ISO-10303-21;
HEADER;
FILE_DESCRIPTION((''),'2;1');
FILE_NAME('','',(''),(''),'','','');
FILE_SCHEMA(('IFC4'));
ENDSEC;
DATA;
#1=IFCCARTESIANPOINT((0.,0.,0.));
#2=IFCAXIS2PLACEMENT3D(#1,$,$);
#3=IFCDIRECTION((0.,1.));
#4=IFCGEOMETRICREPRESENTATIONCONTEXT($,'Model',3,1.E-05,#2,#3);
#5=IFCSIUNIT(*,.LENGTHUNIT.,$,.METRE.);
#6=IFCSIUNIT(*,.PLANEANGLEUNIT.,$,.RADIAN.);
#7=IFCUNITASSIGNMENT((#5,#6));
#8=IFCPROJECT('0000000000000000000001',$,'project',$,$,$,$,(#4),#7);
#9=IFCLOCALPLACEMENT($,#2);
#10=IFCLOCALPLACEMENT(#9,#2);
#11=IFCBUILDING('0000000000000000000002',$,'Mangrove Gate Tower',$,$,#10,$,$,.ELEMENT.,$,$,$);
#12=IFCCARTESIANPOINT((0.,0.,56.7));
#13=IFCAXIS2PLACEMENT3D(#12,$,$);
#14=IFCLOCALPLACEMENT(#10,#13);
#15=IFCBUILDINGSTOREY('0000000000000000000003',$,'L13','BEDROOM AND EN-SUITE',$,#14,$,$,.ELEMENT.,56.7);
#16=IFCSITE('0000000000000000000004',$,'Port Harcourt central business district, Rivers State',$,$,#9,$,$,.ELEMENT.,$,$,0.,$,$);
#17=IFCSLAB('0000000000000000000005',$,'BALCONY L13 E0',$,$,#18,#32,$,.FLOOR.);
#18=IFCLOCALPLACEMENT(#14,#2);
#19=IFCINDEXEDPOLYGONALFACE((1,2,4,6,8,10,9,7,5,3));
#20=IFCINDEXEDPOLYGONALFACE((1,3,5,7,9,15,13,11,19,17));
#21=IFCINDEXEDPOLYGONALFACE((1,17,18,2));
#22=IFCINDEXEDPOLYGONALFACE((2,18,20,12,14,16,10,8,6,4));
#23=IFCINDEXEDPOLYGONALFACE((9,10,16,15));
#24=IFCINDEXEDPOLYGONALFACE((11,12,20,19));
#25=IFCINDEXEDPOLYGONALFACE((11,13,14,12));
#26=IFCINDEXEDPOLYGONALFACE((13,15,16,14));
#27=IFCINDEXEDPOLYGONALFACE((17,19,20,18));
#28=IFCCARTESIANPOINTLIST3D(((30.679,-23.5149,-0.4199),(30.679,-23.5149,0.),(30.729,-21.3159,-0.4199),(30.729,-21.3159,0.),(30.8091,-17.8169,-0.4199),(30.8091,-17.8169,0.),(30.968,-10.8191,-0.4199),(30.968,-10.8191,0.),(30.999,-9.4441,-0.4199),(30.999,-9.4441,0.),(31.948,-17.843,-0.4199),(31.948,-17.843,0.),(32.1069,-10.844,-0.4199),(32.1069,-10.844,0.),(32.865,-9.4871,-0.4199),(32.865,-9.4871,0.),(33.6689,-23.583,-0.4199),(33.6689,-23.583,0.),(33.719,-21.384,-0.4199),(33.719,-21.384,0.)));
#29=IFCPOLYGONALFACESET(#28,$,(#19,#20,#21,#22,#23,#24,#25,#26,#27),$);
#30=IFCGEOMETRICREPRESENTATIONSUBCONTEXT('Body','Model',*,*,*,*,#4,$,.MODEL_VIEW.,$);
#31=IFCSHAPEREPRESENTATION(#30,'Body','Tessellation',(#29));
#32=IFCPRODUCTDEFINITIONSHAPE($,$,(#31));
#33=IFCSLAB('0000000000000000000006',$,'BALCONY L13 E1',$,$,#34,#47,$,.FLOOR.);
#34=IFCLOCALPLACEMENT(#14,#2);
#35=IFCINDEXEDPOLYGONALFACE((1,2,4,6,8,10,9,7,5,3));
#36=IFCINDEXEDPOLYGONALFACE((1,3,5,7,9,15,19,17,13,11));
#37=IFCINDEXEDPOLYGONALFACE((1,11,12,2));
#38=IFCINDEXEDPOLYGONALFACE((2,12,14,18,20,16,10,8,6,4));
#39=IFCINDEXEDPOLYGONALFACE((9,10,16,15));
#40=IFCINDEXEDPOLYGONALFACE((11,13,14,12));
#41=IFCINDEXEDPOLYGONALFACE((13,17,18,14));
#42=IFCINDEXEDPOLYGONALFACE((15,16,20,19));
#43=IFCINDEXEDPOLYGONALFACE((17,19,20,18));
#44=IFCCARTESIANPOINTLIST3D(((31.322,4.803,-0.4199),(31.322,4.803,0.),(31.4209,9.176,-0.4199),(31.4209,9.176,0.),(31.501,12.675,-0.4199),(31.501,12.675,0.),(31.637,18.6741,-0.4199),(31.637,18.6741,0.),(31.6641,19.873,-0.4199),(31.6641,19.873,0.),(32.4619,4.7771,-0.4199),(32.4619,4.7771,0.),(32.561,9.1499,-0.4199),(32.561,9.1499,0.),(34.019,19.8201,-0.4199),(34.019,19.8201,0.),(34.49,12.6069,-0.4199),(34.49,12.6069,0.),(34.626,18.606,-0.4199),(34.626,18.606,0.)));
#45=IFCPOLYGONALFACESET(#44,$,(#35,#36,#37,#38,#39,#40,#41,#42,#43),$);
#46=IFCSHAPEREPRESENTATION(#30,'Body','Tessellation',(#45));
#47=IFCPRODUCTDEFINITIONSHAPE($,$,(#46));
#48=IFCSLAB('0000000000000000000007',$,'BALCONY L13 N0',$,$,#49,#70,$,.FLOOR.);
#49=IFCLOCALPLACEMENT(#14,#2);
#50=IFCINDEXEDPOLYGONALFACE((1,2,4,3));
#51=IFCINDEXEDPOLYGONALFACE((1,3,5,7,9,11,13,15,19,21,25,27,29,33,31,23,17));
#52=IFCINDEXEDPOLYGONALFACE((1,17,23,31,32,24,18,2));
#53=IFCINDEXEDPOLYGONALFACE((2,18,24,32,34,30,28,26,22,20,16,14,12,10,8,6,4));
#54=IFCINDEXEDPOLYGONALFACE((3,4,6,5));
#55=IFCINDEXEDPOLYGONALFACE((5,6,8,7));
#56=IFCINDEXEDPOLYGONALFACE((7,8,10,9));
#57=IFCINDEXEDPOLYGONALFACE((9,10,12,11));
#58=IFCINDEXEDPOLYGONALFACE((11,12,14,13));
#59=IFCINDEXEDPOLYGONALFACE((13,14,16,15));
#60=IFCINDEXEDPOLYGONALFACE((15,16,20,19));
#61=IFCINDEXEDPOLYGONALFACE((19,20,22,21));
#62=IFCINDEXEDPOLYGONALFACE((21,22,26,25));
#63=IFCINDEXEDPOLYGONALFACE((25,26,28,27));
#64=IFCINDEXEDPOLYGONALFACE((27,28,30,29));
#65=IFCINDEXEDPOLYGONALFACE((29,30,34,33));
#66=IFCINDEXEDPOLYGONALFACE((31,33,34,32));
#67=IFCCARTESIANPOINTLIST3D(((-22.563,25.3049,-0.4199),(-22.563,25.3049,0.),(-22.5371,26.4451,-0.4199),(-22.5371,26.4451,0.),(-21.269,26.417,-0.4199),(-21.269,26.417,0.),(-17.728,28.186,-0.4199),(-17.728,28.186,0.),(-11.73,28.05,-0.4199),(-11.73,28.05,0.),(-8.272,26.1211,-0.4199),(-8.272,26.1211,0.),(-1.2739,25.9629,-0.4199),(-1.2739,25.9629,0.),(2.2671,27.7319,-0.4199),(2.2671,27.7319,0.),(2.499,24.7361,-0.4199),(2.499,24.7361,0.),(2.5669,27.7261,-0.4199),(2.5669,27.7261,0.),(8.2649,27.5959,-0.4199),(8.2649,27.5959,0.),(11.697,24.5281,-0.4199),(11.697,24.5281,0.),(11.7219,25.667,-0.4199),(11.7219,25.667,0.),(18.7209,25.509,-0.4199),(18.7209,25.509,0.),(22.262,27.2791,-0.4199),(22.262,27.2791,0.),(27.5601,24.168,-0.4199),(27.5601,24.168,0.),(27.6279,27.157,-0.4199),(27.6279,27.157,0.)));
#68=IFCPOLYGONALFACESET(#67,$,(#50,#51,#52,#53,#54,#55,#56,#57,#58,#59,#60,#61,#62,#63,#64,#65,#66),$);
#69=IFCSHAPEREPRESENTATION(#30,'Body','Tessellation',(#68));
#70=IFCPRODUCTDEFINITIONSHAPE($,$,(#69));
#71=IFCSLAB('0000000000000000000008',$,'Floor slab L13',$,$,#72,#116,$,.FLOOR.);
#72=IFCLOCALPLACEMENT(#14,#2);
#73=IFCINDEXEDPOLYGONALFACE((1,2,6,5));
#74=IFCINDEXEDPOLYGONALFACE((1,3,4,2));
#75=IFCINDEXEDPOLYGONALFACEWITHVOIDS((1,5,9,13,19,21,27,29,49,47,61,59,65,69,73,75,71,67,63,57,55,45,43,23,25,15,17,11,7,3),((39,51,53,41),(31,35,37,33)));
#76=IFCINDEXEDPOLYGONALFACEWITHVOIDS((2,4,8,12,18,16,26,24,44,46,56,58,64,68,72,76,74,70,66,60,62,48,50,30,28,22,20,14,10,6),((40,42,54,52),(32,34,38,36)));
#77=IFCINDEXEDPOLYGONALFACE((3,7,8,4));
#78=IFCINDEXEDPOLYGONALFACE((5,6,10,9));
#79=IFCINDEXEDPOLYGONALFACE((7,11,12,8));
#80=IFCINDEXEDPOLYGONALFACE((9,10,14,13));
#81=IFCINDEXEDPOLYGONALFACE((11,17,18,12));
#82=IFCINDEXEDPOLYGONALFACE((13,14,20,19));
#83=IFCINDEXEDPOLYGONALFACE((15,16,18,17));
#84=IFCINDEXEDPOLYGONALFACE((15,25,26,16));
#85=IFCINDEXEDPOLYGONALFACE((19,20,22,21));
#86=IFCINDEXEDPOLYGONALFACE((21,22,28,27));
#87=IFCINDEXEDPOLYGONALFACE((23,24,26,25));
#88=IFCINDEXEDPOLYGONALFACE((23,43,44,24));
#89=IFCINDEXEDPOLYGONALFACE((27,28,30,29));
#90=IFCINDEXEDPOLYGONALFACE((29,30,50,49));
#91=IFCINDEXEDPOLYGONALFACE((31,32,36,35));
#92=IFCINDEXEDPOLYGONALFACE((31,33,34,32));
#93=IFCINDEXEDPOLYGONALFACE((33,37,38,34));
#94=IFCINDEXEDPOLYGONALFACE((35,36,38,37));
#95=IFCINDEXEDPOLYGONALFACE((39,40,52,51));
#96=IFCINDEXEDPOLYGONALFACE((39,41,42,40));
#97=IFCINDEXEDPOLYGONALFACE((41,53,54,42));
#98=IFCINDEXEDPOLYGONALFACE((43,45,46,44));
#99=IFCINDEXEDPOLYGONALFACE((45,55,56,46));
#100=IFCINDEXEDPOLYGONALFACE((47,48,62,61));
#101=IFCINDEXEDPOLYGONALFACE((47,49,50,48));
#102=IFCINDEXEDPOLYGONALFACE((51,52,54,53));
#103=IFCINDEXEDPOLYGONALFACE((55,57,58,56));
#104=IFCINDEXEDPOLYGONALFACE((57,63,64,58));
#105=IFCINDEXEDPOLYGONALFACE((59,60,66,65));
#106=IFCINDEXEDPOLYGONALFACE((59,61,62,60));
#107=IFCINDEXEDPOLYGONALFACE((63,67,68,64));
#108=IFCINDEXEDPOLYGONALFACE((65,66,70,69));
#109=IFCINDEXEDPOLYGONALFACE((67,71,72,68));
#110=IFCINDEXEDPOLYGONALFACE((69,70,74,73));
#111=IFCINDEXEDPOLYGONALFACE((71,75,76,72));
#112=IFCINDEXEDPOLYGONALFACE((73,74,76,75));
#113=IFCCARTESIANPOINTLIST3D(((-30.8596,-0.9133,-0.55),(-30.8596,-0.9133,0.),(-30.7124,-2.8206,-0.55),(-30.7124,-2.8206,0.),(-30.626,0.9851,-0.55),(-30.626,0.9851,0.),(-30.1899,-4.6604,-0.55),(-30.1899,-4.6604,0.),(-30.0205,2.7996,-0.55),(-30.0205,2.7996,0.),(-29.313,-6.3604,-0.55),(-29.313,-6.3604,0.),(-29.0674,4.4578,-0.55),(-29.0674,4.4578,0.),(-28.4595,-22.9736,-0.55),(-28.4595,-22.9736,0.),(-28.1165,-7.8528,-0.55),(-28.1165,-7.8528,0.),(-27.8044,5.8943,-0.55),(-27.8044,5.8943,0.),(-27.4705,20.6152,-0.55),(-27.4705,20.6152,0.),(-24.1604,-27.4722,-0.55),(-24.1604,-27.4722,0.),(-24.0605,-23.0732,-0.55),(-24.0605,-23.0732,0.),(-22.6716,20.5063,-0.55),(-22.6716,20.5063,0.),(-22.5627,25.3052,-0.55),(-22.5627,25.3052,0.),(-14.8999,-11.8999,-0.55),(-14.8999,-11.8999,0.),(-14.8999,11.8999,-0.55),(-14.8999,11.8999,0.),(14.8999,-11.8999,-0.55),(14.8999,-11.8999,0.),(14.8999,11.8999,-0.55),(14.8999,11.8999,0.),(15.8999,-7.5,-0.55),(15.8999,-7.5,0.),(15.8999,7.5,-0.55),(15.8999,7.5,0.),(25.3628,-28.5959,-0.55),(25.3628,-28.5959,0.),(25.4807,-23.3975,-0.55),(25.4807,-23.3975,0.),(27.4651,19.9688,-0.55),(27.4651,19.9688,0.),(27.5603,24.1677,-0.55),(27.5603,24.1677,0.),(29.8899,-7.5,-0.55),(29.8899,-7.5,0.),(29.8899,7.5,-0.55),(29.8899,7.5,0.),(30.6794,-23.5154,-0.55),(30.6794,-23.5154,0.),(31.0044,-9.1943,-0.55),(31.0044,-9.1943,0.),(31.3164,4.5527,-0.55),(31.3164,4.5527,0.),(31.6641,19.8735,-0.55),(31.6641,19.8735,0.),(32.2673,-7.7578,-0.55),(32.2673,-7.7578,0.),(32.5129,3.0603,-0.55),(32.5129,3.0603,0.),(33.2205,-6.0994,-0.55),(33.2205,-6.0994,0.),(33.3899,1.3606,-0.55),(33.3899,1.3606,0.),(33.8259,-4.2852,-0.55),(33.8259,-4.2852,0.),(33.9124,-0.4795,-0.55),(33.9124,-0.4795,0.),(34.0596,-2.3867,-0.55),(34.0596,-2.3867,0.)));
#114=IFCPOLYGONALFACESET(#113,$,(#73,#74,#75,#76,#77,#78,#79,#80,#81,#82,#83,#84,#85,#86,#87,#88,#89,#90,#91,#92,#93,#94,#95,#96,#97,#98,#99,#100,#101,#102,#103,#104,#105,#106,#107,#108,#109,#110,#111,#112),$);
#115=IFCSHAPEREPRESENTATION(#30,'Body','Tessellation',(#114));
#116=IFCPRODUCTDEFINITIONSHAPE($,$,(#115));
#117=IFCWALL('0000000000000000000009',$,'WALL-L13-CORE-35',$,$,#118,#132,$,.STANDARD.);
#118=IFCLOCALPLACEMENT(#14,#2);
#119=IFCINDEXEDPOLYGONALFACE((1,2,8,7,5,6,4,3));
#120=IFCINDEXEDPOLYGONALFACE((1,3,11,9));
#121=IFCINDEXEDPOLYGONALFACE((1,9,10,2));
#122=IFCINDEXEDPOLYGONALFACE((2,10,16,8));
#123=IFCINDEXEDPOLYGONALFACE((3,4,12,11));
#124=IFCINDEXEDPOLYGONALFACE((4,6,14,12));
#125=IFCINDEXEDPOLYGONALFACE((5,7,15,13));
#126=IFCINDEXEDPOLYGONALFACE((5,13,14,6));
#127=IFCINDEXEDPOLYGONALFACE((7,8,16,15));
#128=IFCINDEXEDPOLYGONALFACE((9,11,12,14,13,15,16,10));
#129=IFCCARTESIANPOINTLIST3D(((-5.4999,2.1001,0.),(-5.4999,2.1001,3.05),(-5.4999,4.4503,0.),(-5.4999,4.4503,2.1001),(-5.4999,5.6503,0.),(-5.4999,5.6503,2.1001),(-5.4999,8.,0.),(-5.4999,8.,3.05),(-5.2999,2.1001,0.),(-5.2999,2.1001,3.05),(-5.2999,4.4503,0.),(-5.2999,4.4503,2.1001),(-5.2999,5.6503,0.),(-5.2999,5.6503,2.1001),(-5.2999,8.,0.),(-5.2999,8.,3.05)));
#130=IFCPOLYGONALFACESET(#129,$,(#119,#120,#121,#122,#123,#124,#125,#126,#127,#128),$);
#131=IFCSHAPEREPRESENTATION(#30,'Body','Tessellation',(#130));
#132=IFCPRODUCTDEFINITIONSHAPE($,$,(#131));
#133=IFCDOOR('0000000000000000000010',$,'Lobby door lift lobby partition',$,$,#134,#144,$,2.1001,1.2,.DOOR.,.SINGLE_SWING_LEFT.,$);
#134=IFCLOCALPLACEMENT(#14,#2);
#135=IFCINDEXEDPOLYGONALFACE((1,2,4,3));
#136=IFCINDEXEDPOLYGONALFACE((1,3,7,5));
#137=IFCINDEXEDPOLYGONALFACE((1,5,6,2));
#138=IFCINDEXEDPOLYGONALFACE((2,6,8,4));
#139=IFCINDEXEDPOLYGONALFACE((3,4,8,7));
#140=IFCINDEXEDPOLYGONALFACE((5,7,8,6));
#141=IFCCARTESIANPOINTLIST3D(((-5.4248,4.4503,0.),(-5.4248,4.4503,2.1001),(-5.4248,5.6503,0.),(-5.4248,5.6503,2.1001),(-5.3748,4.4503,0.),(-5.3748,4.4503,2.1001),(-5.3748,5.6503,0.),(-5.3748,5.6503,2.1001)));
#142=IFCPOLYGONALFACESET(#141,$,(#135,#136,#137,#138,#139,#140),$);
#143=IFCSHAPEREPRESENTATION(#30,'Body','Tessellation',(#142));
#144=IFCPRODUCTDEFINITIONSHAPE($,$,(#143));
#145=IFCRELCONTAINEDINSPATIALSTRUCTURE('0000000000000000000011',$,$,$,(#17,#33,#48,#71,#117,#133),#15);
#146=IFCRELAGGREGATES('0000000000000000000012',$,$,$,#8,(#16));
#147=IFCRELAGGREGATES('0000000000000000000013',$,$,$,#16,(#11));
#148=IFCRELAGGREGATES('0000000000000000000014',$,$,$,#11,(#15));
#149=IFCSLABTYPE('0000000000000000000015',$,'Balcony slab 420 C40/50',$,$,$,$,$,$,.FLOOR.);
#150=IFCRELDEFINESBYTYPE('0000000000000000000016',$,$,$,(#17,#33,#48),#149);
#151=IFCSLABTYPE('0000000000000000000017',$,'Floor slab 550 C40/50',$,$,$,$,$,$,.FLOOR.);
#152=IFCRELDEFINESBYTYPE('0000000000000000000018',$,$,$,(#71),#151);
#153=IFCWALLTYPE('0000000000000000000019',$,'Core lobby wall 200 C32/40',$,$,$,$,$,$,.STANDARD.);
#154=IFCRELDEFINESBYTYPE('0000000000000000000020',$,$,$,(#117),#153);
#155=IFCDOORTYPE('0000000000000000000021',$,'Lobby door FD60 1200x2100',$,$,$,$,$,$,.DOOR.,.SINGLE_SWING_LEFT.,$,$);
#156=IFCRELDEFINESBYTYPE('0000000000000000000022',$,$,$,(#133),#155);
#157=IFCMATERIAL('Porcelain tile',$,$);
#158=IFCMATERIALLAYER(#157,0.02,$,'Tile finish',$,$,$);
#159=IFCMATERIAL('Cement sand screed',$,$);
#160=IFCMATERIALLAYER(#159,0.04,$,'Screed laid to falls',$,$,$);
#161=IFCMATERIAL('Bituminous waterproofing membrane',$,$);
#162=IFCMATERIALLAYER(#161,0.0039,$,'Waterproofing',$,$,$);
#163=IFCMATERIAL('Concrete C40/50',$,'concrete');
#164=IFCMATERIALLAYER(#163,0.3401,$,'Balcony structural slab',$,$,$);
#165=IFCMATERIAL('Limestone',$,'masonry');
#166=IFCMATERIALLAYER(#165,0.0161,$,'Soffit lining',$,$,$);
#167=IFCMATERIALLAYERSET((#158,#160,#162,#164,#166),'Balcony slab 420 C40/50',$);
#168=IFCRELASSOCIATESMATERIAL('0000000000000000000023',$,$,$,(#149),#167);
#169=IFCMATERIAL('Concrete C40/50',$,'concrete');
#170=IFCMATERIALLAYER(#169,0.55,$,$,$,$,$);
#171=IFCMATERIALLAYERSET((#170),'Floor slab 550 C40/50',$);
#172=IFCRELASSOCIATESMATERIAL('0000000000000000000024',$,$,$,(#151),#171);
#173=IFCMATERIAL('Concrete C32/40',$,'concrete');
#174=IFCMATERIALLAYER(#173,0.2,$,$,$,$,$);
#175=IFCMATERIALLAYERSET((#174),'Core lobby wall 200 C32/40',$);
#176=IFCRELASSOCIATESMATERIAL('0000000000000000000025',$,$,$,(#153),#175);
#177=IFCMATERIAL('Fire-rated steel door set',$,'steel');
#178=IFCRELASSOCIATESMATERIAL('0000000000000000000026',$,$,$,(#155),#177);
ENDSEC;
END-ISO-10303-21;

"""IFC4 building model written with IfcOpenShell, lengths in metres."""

from ifc_helpers import new_model, si_unit, direction, frame, frame_2d, origin, place, context, subcontext, project, spatial, polyline, rectangle, outline, extrude, material, layer, layer_set, type_object, element, fill, save


model = new_model("IFC4")

# Units and contexts
model_context = context("Model", 3, precision=1e-05, world=origin(), true_north=direction((0.0, 1.0)))
body_context = subcontext(model_context, "Body", "Model", "MODEL_VIEW")
ifc_project = project(units=[si_unit("LENGTHUNIT", "METRE"), si_unit("PLANEANGLEUNIT", "RADIAN")], contexts=[model_context])

# Site, building, storey
site_placement = place(None, origin())
site = spatial("IfcSite", under=ifc_project, at=site_placement, Name="Port Harcourt central business district, Rivers State", CompositionType="ELEMENT", RefElevation=0.0)
building_placement = place(site_placement, origin())
building = spatial("IfcBuilding", under=site, at=building_placement, Name="Mangrove Gate Tower", CompositionType="ELEMENT")
storey_placement = place(building_placement, frame((0.0, 0.0, 56.7)))
storey = spatial("IfcBuildingStorey", under=building, at=storey_placement, Name="L13", Description="BEDROOM AND EN-SUITE", CompositionType="ELEMENT", Elevation=56.7)

# Slabs
ifc_material_1 = material(Name="Porcelain tile")
ifc_layer_1 = layer(ifc_material_1, 0.02, Name="Tile finish")
ifc_material_2 = material(Name="Cement sand screed")
ifc_layer_2 = layer(ifc_material_2, 0.04, Name="Screed laid to falls")
ifc_material_3 = material(Name="Bituminous waterproofing membrane")
ifc_layer_3 = layer(ifc_material_3, 0.0039, Name="Waterproofing")
ifc_material_4 = material(Name="Concrete C40/50", Category="concrete")
ifc_layer_4 = layer(ifc_material_4, 0.3401, Name="Balcony structural slab")
ifc_material_5 = material(Name="Limestone", Category="masonry")
ifc_layer_5 = layer(ifc_material_5, 0.0161, Name="Soffit lining")
ifc_layer_set_1 = layer_set([ifc_layer_1, ifc_layer_2, ifc_layer_3, ifc_layer_4, ifc_layer_5], Name="Balcony slab 420 C40/50")
slab_type_1 = type_object("IfcSlabType", Name="Balcony slab 420 C40/50", PredefinedType="FLOOR", material=ifc_layer_set_1)
slab_1_placement = place(storey_placement, frame((0.0, 0.0, -0.4199)))
element("IfcSlab", 1, at=slab_1_placement, inside=storey, type_object=slab_type_1, Name="BALCONY L13 E0", PredefinedType="FLOOR", context=body_context, shape_type="SweptSolid", body=[
    extrude(outline(polyline([(33.6689, -23.583), (33.719, -21.384), (31.948, -17.843), (32.1069, -10.844), (32.865, -9.4871), (30.999, -9.4441), (30.968, -10.8191), (30.8091, -17.8169), (30.729, -21.3159), (30.679, -23.5149), (33.6689, -23.583)])), origin(), (0.0, 0.0, 1.0), 0.4199),
])
slab_2_placement = place(storey_placement, frame((0.0, 0.0, -0.4199)))
element("IfcSlab", 2, at=slab_2_placement, inside=storey, type_object=slab_type_1, Name="BALCONY L13 E1", PredefinedType="FLOOR", context=body_context, shape_type="SweptSolid", body=[
    extrude(outline(polyline([(32.4619, 4.7771), (32.561, 9.1499), (34.49, 12.6069), (34.626, 18.606), (34.019, 19.8201), (31.6641, 19.873), (31.637, 18.6741), (31.501, 12.675), (31.4209, 9.176), (31.322, 4.803), (32.4619, 4.7771)])), origin(), (0.0, 0.0, 1.0), 0.4199),
])
slab_3_placement = place(storey_placement, frame((0.0, 0.0, -0.4199)))
element("IfcSlab", 3, at=slab_3_placement, inside=storey, type_object=slab_type_1, Name="BALCONY L13 N0", PredefinedType="FLOOR", context=body_context, shape_type="SweptSolid", body=[
    extrude(outline(polyline([(27.6279, 27.157), (22.262, 27.2791), (18.7209, 25.509), (11.7219, 25.667), (8.2649, 27.5959), (2.5669, 27.7261), (2.2671, 27.7319), (-1.2739, 25.9629), (-8.272, 26.1211), (-11.73, 28.05), (-17.728, 28.186), (-21.269, 26.417), (-22.5371, 26.4451), (-22.563, 25.3049), (2.499, 24.7361), (11.697, 24.5281), (27.5601, 24.168), (27.6279, 27.157)])), origin(), (0.0, 0.0, 1.0), 0.4199),
])
ifc_material_6 = material(Name="Concrete C40/50", Category="concrete")
ifc_layer_6 = layer(ifc_material_6, 0.55)
ifc_layer_set_2 = layer_set([ifc_layer_6], Name="Floor slab 550 C40/50")
slab_type_2 = type_object("IfcSlabType", Name="Floor slab 550 C40/50", PredefinedType="FLOOR", material=ifc_layer_set_2)
slab_4_placement = place(storey_placement, frame((0.0, 0.0, -0.55)))
element("IfcSlab", 4, at=slab_4_placement, inside=storey, type_object=slab_type_2, Name="Floor slab L13", PredefinedType="FLOOR", context=body_context, shape_type="SweptSolid", body=[
    extrude(outline(polyline([(-24.1604, -27.4722), (25.3628, -28.5959), (25.4807, -23.3975), (30.6794, -23.5154), (31.0044, -9.1943), (32.2673, -7.7578), (33.2205, -6.0994), (33.8259, -4.2852), (34.0596, -2.3867), (33.9124, -0.4795), (33.3899, 1.3606), (32.5129, 3.0603), (31.3164, 4.5527), (31.6641, 19.8735), (27.4651, 19.9688), (27.5603, 24.1677), (-22.5627, 25.3052), (-22.6716, 20.5063), (-27.4705, 20.6152), (-27.8044, 5.8943), (-29.0674, 4.4578), (-30.0205, 2.7996), (-30.626, 0.9851), (-30.8596, -0.9133), (-30.7124, -2.8206), (-30.1899, -4.6604), (-29.313, -6.3604), (-28.1165, -7.8528), (-28.4595, -22.9736), (-24.0605, -23.0732), (-24.1604, -27.4722)]), holes=[polyline([(15.8999, 7.5), (29.8899, 7.5), (29.8899, -7.5), (15.8999, -7.5), (15.8999, 7.5)]), polyline([(-14.8999, -11.8999), (-14.8999, 11.8999), (14.8999, 11.8999), (14.8999, -11.8999), (-14.8999, -11.8999)])]), origin(), (0.0, 0.0, 1.0), 0.55),
])

# Wall, opening, door
ifc_material_7 = material(Name="Concrete C32/40", Category="concrete")
ifc_layer_7 = layer(ifc_material_7, 0.2)
ifc_layer_set_3 = layer_set([ifc_layer_7], Name="Core lobby wall 200 C32/40")
wall_type_1 = type_object("IfcWallType", Name="Core lobby wall 200 C32/40", PredefinedType="STANDARD", material=ifc_layer_set_3)
wall_1_placement = place(storey_placement, frame((-5.3999, 2.1001, 0.0), z_axis=(0.0, 0.0, 1.0), x_axis=(0.0, 1.0, 0.0)))
wall_1 = element("IfcWall", 5, at=wall_1_placement, inside=storey, type_object=wall_type_1, Name="WALL-L13-CORE-35", PredefinedType="STANDARD", context=body_context, shape_type="SweptSolid", body=[
    extrude(rectangle(XDim=5.8999, YDim=0.2, at=frame_2d((2.95, 0.0))), origin(), (0.0, 0.0, 1.0), 3.05),
])
opening_1_placement = place(wall_1_placement, frame((2.3501, 0.0, 0.0)))
opening_1 = element("IfcOpeningElement", 6, at=opening_1_placement, cuts=wall_1, PredefinedType="OPENING", context=body_context, shape_type="SweptSolid", body=[
    extrude(rectangle(XDim=1.2, YDim=2.1001, at=frame_2d((0.6001, 1.05))), frame((0.0, 0.1099, 0.0), z_axis=(0.0, -1.0, 0.0), x_axis=(1.0, 0.0, 0.0)), (0.0, 0.0, 1.0), 0.22),
])
ifc_material_8 = material(Name="Fire-rated steel door set", Category="steel")
door_type_1 = type_object("IfcDoorType", Name="Lobby door FD60 1200x2100", OperationType="SINGLE_SWING_LEFT", PredefinedType="DOOR", material=ifc_material_8)
door_1_placement = place(opening_1_placement, origin())
door_1 = element("IfcDoor", 7, at=door_1_placement, inside=storey, type_object=door_type_1, Name="Lobby door lift lobby partition", OperationType="SINGLE_SWING_LEFT", OverallHeight=2.1001, OverallWidth=1.2, PredefinedType="DOOR", context=body_context, shape_type="SweptSolid", body=[
    extrude(rectangle(XDim=1.2, YDim=2.1001, at=frame_2d((0.6001, 1.05))), frame((0.0, 0.0249, 0.0), z_axis=(0.0, -1.0, 0.0), x_axis=(1.0, 0.0, 0.0)), (0.0, 0.0, 1.0), 0.05),
])
fill(opening_1, door_1)

save(model, "model.ifc")
